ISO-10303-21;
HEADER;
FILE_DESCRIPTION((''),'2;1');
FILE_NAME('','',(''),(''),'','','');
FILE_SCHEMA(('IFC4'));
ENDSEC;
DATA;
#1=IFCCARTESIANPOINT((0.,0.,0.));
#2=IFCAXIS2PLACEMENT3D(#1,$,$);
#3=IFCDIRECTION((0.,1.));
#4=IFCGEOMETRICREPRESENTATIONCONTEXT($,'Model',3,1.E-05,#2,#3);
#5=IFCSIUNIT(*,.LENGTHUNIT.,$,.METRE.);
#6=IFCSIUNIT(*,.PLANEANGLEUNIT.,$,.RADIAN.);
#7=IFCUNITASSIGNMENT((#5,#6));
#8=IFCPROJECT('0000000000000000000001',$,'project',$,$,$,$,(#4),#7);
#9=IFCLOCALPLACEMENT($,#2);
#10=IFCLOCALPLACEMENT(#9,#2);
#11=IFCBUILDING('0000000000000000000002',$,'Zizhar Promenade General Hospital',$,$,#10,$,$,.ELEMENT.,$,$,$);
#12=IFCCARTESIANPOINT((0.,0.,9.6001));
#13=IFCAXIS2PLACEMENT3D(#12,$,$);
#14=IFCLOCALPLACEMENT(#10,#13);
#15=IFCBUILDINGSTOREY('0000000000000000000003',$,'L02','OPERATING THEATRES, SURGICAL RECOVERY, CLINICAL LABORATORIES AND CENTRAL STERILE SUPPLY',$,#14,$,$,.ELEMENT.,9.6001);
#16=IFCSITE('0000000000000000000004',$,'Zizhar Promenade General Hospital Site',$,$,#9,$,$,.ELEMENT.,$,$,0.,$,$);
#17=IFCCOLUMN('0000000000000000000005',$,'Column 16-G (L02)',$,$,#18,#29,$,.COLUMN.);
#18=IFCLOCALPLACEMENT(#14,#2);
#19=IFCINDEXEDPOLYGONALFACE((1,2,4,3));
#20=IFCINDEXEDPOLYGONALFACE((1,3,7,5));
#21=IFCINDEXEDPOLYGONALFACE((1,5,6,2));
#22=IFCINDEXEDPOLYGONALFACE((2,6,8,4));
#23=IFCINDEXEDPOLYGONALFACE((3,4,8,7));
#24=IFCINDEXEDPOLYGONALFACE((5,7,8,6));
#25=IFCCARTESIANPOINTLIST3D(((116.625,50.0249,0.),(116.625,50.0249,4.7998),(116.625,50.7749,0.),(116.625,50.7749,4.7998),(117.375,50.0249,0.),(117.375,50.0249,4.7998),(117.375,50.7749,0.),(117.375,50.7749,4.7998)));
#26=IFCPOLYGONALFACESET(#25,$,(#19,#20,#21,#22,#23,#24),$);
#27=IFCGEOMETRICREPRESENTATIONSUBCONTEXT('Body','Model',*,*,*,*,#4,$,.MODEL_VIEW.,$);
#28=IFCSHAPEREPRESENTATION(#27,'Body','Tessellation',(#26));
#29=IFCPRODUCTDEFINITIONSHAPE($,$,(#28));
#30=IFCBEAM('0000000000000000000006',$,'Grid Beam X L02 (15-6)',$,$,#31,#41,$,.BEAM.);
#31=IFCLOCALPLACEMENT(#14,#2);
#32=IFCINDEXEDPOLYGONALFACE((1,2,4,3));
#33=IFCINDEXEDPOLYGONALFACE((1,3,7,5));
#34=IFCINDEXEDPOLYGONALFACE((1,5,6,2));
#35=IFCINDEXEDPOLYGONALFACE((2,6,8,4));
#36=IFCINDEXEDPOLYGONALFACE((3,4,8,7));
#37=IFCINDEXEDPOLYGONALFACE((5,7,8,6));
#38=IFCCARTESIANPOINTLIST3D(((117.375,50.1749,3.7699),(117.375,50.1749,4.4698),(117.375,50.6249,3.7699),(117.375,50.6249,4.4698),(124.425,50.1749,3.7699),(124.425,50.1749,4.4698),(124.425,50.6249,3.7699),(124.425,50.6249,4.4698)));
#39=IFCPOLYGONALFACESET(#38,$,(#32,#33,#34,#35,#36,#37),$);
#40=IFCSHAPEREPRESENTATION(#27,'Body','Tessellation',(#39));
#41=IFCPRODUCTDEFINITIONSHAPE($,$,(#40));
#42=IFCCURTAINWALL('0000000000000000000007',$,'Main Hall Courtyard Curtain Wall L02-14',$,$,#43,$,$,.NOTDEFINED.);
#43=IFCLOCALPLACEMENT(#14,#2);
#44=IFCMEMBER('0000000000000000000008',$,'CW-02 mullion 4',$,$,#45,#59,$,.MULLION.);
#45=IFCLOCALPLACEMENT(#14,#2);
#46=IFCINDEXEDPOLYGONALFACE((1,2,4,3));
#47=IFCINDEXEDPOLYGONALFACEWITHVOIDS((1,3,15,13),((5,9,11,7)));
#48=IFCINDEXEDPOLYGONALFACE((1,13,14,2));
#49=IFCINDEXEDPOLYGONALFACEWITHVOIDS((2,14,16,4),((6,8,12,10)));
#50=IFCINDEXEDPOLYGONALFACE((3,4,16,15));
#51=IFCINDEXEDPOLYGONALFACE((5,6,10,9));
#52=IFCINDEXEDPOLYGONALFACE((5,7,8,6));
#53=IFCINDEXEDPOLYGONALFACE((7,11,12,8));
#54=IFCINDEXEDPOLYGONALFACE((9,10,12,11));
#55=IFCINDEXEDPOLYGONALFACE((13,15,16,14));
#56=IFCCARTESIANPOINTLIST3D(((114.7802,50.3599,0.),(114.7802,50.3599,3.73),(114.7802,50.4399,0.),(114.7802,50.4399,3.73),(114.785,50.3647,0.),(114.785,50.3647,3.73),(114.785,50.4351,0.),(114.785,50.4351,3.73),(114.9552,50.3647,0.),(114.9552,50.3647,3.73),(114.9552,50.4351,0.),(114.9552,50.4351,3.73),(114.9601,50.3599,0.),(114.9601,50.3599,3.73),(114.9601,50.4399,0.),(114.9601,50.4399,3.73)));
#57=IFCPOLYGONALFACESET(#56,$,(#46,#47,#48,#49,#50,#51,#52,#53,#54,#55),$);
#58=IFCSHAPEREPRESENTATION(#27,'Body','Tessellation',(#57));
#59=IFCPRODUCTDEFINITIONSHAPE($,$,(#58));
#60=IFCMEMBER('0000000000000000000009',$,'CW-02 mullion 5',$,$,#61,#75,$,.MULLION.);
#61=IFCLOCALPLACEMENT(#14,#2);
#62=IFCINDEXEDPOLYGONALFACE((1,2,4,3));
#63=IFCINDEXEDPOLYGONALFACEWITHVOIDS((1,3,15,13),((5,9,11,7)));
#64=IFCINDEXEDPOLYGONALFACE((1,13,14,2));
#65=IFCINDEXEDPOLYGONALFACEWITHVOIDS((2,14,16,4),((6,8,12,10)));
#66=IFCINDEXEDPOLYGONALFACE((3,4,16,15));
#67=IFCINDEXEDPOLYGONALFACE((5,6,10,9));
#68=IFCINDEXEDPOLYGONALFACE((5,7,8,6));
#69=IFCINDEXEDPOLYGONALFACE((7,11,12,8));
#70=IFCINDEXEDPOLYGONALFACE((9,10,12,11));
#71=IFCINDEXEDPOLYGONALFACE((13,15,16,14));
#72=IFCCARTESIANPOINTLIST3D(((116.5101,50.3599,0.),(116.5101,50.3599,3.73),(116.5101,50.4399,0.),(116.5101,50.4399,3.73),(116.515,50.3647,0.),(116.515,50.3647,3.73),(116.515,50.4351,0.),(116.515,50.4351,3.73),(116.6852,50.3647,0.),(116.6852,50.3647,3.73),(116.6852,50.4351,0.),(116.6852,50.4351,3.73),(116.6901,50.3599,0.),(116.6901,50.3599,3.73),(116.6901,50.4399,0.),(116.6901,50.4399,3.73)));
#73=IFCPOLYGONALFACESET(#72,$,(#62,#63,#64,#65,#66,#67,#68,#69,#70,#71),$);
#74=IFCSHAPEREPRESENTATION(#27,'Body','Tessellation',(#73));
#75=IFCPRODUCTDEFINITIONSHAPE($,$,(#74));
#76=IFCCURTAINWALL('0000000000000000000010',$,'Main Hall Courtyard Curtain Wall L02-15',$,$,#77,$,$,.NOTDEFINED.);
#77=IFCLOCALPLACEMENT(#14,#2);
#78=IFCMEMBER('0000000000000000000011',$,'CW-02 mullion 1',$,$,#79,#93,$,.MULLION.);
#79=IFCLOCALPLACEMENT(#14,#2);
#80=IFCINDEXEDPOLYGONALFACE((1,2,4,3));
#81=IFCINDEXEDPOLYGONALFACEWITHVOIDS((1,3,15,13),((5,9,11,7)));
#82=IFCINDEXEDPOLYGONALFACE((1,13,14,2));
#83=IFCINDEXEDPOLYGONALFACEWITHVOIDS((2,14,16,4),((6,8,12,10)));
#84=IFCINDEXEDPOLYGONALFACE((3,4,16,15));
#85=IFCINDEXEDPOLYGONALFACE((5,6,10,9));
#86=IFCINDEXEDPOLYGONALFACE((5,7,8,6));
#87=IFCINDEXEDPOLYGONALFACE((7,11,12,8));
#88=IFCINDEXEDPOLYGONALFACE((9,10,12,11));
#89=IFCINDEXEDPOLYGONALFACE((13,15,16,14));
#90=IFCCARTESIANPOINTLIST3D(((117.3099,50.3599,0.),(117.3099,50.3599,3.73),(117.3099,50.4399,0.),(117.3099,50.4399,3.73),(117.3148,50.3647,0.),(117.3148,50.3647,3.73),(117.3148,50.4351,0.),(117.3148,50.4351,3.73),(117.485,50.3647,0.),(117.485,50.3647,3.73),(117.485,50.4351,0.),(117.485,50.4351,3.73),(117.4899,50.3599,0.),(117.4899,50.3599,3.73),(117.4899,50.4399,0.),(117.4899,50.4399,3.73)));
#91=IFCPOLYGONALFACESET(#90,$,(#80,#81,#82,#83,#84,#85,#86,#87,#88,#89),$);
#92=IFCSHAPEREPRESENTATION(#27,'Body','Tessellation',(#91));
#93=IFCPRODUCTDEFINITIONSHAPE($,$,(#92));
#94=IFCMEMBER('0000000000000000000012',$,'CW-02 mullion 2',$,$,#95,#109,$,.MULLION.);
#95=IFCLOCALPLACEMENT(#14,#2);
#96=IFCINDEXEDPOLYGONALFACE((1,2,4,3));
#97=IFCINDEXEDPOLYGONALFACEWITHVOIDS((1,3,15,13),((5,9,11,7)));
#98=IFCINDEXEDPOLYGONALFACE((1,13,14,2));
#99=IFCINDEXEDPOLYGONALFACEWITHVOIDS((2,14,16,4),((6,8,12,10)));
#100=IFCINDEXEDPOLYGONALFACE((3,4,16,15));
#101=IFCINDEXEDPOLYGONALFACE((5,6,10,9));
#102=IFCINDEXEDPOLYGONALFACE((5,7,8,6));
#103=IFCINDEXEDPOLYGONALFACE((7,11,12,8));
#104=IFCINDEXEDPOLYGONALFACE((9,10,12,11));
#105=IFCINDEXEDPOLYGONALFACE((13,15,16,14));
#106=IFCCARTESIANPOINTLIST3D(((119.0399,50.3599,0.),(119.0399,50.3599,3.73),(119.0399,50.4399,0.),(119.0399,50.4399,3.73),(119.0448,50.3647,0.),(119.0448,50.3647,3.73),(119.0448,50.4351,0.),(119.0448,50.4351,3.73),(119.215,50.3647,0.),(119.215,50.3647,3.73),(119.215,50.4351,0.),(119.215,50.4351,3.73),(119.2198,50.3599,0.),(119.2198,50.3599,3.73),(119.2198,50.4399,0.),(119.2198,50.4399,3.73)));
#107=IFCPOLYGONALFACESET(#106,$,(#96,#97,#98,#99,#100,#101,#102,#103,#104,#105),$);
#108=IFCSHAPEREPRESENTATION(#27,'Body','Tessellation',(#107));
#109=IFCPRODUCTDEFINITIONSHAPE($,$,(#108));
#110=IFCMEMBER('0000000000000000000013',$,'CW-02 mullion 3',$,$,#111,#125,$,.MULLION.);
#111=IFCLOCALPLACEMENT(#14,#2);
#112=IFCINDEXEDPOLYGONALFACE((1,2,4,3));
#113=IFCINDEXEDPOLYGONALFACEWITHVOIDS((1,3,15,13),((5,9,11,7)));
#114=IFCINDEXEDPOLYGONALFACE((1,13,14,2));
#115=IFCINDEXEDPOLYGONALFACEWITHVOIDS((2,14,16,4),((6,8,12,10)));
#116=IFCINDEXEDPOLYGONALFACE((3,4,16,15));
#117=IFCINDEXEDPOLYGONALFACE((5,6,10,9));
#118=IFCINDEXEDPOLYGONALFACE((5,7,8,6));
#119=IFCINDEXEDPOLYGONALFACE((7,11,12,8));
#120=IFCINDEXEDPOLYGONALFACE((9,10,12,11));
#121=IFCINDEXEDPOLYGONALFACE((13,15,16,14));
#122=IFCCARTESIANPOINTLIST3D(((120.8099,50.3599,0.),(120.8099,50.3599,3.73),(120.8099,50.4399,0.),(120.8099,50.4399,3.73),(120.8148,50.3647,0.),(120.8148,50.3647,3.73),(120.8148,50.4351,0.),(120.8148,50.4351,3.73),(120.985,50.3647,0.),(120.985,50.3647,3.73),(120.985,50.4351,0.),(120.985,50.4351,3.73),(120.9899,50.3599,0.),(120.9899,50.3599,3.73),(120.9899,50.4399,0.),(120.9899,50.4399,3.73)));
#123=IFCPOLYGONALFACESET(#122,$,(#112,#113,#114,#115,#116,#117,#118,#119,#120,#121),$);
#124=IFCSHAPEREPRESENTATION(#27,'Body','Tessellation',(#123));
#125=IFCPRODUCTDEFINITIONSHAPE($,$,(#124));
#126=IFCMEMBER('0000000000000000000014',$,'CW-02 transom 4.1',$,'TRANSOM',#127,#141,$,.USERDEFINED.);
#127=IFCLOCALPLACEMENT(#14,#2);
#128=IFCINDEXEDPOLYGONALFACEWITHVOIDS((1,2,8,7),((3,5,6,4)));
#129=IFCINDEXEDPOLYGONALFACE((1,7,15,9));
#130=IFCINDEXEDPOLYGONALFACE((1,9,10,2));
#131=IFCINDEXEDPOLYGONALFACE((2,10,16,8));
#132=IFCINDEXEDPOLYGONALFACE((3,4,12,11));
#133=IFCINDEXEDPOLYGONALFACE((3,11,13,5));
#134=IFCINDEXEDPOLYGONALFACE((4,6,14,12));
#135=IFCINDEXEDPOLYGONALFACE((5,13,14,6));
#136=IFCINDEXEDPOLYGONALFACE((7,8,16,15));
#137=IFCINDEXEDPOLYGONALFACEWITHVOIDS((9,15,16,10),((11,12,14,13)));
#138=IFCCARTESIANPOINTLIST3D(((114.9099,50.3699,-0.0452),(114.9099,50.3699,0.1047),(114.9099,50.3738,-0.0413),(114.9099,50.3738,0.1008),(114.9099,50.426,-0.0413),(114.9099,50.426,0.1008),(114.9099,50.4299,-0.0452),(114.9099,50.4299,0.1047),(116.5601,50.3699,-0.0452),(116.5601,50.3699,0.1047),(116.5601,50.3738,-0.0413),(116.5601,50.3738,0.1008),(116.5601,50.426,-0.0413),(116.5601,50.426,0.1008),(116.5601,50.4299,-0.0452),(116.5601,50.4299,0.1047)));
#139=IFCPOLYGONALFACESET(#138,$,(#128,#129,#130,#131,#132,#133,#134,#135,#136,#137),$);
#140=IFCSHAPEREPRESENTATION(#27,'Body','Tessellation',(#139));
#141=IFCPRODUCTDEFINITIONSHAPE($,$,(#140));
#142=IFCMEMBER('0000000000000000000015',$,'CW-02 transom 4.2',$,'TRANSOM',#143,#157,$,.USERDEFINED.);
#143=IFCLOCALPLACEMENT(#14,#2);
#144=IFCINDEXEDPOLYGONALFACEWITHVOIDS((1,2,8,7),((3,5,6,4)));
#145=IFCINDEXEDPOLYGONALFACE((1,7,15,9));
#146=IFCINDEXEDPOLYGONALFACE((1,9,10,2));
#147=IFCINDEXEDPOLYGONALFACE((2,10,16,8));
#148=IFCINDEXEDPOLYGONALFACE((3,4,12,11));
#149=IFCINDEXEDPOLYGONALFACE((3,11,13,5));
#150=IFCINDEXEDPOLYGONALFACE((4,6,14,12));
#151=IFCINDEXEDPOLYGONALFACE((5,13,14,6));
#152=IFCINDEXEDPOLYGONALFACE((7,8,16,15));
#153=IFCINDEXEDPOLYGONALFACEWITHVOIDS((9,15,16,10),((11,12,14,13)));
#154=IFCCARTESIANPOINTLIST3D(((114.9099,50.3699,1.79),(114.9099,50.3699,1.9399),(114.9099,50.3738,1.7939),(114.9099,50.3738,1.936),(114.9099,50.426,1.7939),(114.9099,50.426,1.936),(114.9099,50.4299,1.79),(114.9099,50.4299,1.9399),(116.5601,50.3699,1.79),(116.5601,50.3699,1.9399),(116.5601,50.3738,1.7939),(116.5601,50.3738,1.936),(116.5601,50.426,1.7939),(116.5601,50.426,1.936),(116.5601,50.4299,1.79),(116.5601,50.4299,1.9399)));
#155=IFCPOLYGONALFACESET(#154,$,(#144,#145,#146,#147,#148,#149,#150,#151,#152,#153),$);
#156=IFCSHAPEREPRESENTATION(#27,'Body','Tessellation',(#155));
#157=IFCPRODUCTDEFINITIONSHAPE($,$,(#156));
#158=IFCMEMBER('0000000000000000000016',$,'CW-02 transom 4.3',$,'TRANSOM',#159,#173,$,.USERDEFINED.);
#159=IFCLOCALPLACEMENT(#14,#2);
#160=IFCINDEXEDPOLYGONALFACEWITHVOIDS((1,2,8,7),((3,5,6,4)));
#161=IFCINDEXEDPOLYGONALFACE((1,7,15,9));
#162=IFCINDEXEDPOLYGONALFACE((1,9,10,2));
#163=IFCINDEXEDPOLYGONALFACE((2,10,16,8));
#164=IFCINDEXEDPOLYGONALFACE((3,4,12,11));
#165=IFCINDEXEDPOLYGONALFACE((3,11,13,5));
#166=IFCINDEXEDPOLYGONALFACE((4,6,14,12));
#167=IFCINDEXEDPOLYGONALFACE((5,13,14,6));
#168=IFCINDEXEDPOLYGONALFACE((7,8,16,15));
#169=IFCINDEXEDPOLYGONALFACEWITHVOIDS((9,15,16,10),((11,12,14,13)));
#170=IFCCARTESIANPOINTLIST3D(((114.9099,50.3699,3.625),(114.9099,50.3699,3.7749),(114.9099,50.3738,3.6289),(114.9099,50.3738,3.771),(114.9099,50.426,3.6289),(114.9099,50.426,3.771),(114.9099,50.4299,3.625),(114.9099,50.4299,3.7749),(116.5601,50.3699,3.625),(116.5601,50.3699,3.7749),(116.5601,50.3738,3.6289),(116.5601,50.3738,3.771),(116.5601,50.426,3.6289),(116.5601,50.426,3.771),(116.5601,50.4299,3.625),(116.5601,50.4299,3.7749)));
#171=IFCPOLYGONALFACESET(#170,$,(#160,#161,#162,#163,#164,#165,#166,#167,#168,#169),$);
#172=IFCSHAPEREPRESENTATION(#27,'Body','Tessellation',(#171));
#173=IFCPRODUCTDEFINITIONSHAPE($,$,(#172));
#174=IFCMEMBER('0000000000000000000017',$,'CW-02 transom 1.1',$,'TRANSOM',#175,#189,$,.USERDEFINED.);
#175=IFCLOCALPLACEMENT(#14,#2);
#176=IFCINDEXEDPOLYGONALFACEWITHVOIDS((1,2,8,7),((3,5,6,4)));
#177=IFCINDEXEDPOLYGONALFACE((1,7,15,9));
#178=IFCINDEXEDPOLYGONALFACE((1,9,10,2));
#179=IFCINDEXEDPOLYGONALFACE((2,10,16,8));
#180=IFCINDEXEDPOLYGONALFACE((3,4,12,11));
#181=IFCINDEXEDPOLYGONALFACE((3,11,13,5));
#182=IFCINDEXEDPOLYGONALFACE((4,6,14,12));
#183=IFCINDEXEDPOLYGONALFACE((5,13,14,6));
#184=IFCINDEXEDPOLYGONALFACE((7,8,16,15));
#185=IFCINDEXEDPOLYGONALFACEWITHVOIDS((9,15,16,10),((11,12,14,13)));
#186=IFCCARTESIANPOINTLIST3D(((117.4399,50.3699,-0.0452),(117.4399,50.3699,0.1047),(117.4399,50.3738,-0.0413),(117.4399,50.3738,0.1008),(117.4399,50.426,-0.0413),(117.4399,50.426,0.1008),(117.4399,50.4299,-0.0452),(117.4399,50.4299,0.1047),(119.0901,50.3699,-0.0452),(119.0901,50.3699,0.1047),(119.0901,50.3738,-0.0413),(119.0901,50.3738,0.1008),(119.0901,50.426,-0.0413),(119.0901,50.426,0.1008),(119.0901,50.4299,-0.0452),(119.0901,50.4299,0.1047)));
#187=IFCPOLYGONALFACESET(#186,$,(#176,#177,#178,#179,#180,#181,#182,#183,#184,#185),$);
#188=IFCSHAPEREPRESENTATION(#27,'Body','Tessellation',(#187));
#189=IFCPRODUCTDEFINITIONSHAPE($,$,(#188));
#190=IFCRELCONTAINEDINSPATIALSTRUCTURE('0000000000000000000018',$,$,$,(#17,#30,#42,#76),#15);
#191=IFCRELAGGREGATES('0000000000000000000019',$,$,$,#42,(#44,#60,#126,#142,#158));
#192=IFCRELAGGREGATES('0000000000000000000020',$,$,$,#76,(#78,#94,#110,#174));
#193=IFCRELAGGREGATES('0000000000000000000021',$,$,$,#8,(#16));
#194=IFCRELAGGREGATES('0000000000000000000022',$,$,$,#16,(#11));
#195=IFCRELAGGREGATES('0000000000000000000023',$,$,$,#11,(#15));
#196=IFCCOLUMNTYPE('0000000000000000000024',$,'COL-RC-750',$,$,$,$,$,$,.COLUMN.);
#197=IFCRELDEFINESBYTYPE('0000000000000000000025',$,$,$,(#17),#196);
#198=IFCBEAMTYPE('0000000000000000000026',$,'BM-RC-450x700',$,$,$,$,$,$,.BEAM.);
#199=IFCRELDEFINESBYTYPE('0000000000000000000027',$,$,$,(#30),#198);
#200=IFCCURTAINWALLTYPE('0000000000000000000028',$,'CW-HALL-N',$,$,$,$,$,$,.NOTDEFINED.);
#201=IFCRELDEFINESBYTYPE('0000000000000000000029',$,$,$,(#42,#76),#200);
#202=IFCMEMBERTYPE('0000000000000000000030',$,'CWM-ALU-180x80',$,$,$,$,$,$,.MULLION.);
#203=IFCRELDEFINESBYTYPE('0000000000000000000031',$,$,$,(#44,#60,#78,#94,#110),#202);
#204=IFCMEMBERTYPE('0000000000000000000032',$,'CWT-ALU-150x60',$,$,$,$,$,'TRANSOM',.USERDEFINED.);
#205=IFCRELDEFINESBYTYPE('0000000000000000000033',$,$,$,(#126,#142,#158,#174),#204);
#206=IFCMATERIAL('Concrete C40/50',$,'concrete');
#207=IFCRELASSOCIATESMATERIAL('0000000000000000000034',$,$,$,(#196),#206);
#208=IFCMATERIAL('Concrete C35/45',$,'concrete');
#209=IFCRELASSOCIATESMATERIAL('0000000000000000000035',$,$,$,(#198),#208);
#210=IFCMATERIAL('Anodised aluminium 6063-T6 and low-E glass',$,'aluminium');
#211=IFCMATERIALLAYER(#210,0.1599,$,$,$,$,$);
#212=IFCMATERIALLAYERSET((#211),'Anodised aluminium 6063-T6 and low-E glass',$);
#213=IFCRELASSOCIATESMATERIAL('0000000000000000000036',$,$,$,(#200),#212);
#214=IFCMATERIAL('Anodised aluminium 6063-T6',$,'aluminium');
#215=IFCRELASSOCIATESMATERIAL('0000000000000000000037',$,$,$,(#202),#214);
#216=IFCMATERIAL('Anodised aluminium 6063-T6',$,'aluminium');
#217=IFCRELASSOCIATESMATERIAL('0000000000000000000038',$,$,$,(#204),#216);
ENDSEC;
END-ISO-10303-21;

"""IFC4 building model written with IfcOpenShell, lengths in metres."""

from ifc_helpers import new_model, si_unit, direction, frame, origin, origin_2d, place, context, subcontext, project, spatial, rectangle, hollow_rectangle, extrude, material, layer, layer_set, material_profile, profile_set, type_object, element, aggregate, save


model = new_model("IFC4")

# Units and contexts
model_context = context("Model", 3, precision=1e-05, world=origin(), true_north=direction((0.0, 1.0)))
body_context = subcontext(model_context, "Body", "Model", "MODEL_VIEW")
ifc_project = project(units=[si_unit("LENGTHUNIT", "METRE"), si_unit("PLANEANGLEUNIT", "RADIAN")], contexts=[model_context])

# Site, building, storey
site_placement = place(None, origin())
site = spatial("IfcSite", under=ifc_project, at=site_placement, Name="Zizhar Promenade General Hospital Site", CompositionType="ELEMENT", RefElevation=0.0)
building_placement = place(site_placement, origin())
building = spatial("IfcBuilding", under=site, at=building_placement, Name="Zizhar Promenade General Hospital", CompositionType="ELEMENT")
storey_placement = place(building_placement, frame((0.0, 0.0, 9.6001)))
storey = spatial("IfcBuildingStorey", under=building, at=storey_placement, Name="L02", Description="OPERATING THEATRES, SURGICAL RECOVERY, CLINICAL LABORATORIES AND CENTRAL STERILE SUPPLY", CompositionType="ELEMENT", Elevation=9.6001)

# Column
ifc_material_1 = material(Name="Concrete C40/50", Category="concrete")
ifc_material_profile_1 = material_profile(ifc_material_1, rectangle(XDim=0.75, YDim=0.75, at=origin_2d()))
ifc_profile_set_1 = profile_set([ifc_material_profile_1], Name="Concrete C40/50")
column_type = type_object("IfcColumnType", Name="COL-RC-750", PredefinedType="COLUMN", material=ifc_profile_set_1)
column_placement = place(storey_placement, frame((117.0, 50.3999, 0.0), z_axis=(0.0, 0.0, 1.0), x_axis=(1.0, 0.0, 0.0)))
element("IfcColumn", 1, at=column_placement, inside=storey, type_object=column_type, Name="Column 16-G (L02)", PredefinedType="COLUMN", context=body_context, shape_type="SweptSolid", body=[
    extrude(rectangle(XDim=0.75, YDim=0.75, at=origin_2d()), origin(), (0.0, 0.0, 1.0), 4.7998),
])

# Beam
ifc_material_2 = material(Name="Concrete C35/45", Category="concrete")
ifc_material_profile_2 = material_profile(ifc_material_2, rectangle(XDim=0.45, YDim=0.7, at=origin_2d()))
ifc_profile_set_2 = profile_set([ifc_material_profile_2], Name="Concrete C35/45")
beam_type = type_object("IfcBeamType", Name="BM-RC-450x700", PredefinedType="BEAM", material=ifc_profile_set_2)
beam_placement = place(storey_placement, frame((117.375, 50.3999, 4.1199), z_axis=(1.0, 0.0, 0.0), x_axis=(0.0, 1.0, 0.0)))
element("IfcBeam", 2, at=beam_placement, inside=storey, type_object=beam_type, Name="Grid Beam X L02 (15-6)", PredefinedType="BEAM", context=body_context, shape_type="SweptSolid", body=[
    extrude(rectangle(XDim=0.45, YDim=0.7, at=origin_2d()), origin(), (0.0, 0.0, 1.0), 7.05),
])

# Curtain walls, members
ifc_material_3 = material(Name="Anodised aluminium 6063-T6 and low-E glass", Category="aluminium")
ifc_layer_1 = layer(ifc_material_3, 0.1599)
ifc_layer_set_1 = layer_set([ifc_layer_1], Name="Anodised aluminium 6063-T6 and low-E glass")
curtain_wall_type = type_object("IfcCurtainWallType", Name="CW-HALL-N", PredefinedType="NOTDEFINED", material=ifc_layer_set_1)
curtain_wall_1_placement = place(storey_placement, origin())
curtain_wall_1 = element("IfcCurtainWall", 3, at=curtain_wall_1_placement, inside=storey, type_object=curtain_wall_type, Name="Main Hall Courtyard Curtain Wall L02-14", PredefinedType="NOTDEFINED")
ifc_material_4 = material(Name="Anodised aluminium 6063-T6", Category="aluminium")
ifc_material_profile_3 = material_profile(ifc_material_4, hollow_rectangle(XDim=0.0801, YDim=0.1799, WallThickness=0.0049, at=origin_2d()))
ifc_profile_set_3 = profile_set([ifc_material_profile_3], Name="Anodised aluminium 6063-T6")
member_type_1 = type_object("IfcMemberType", Name="CWM-ALU-180x80", PredefinedType="MULLION", material=ifc_profile_set_3)
member_1_placement = place(storey_placement, frame((114.8701, 50.3999, 0.0), z_axis=(0.0, 0.0, 1.0), x_axis=(0.0, 1.0, 0.0)))
member_1 = element("IfcMember", 4, at=member_1_placement, type_object=member_type_1, Name="CW-02 mullion 4", PredefinedType="MULLION", context=body_context, shape_type="SweptSolid", body=[
    extrude(hollow_rectangle(XDim=0.0801, YDim=0.1799, WallThickness=0.0049, at=origin_2d()), origin(), (0.0, 0.0, 1.0), 3.73),
])
member_2_placement = place(storey_placement, frame((116.6001, 50.3999, 0.0), z_axis=(0.0, 0.0, 1.0), x_axis=(0.0, 1.0, 0.0)))
member_2 = element("IfcMember", 5, at=member_2_placement, type_object=member_type_1, Name="CW-02 mullion 5", PredefinedType="MULLION", context=body_context, shape_type="SweptSolid", body=[
    extrude(hollow_rectangle(XDim=0.0801, YDim=0.1799, WallThickness=0.0049, at=origin_2d()), origin(), (0.0, 0.0, 1.0), 3.73),
])
curtain_wall_2_placement = place(storey_placement, origin())
curtain_wall_2 = element("IfcCurtainWall", 6, at=curtain_wall_2_placement, inside=storey, type_object=curtain_wall_type, Name="Main Hall Courtyard Curtain Wall L02-15", PredefinedType="NOTDEFINED")
member_3_placement = place(storey_placement, frame((117.3999, 50.3999, 0.0), z_axis=(0.0, 0.0, 1.0), x_axis=(0.0, 1.0, 0.0)))
member_3 = element("IfcMember", 7, at=member_3_placement, type_object=member_type_1, Name="CW-02 mullion 1", PredefinedType="MULLION", context=body_context, shape_type="SweptSolid", body=[
    extrude(hollow_rectangle(XDim=0.0801, YDim=0.1799, WallThickness=0.0049, at=origin_2d()), origin(), (0.0, 0.0, 1.0), 3.73),
])
member_4_placement = place(storey_placement, frame((119.1299, 50.3999, 0.0), z_axis=(0.0, 0.0, 1.0), x_axis=(0.0, 1.0, 0.0)))
member_4 = element("IfcMember", 8, at=member_4_placement, type_object=member_type_1, Name="CW-02 mullion 2", PredefinedType="MULLION", context=body_context, shape_type="SweptSolid", body=[
    extrude(hollow_rectangle(XDim=0.0801, YDim=0.1799, WallThickness=0.0049, at=origin_2d()), origin(), (0.0, 0.0, 1.0), 3.73),
])
member_5_placement = place(storey_placement, frame((120.8999, 50.3999, 0.0), z_axis=(0.0, 0.0, 1.0), x_axis=(0.0, 1.0, 0.0)))
member_5 = element("IfcMember", 9, at=member_5_placement, type_object=member_type_1, Name="CW-02 mullion 3", PredefinedType="MULLION", context=body_context, shape_type="SweptSolid", body=[
    extrude(hollow_rectangle(XDim=0.0801, YDim=0.1799, WallThickness=0.0049, at=origin_2d()), origin(), (0.0, 0.0, 1.0), 3.73),
])

# Members
ifc_material_5 = material(Name="Anodised aluminium 6063-T6", Category="aluminium")
ifc_material_profile_4 = material_profile(ifc_material_5, hollow_rectangle(XDim=0.0601, YDim=0.1499, WallThickness=0.0039, at=origin_2d()))
ifc_profile_set_4 = profile_set([ifc_material_profile_4], Name="Anodised aluminium 6063-T6")
member_type_2 = type_object("IfcMemberType", Name="CWT-ALU-150x60", ElementType="TRANSOM", PredefinedType="USERDEFINED", material=ifc_profile_set_4)
member_6_placement = place(storey_placement, frame((114.9099, 50.3999, 0.0298), z_axis=(1.0, 0.0, 0.0), x_axis=(0.0, 1.0, 0.0)))
member_6 = element("IfcMember", 10, at=member_6_placement, type_object=member_type_2, Name="CW-02 transom 4.1", ObjectType="TRANSOM", PredefinedType="USERDEFINED", context=body_context, shape_type="SweptSolid", body=[
    extrude(hollow_rectangle(XDim=0.0601, YDim=0.1499, WallThickness=0.0039, at=origin_2d()), origin(), (0.0, 0.0, 1.0), 1.6501),
])
member_7_placement = place(storey_placement, frame((114.9099, 50.3999, 1.865), z_axis=(1.0, 0.0, 0.0), x_axis=(0.0, 1.0, 0.0)))
member_7 = element("IfcMember", 11, at=member_7_placement, type_object=member_type_2, Name="CW-02 transom 4.2", ObjectType="TRANSOM", PredefinedType="USERDEFINED", context=body_context, shape_type="SweptSolid", body=[
    extrude(hollow_rectangle(XDim=0.0601, YDim=0.1499, WallThickness=0.0039, at=origin_2d()), origin(), (0.0, 0.0, 1.0), 1.6501),
])
member_8_placement = place(storey_placement, frame((114.9099, 50.3999, 3.7), z_axis=(1.0, 0.0, 0.0), x_axis=(0.0, 1.0, 0.0)))
member_8 = element("IfcMember", 12, at=member_8_placement, type_object=member_type_2, Name="CW-02 transom 4.3", ObjectType="TRANSOM", PredefinedType="USERDEFINED", context=body_context, shape_type="SweptSolid", body=[
    extrude(hollow_rectangle(XDim=0.0601, YDim=0.1499, WallThickness=0.0039, at=origin_2d()), origin(), (0.0, 0.0, 1.0), 1.6501),
])
member_9_placement = place(storey_placement, frame((117.4399, 50.3999, 0.0298), z_axis=(1.0, 0.0, 0.0), x_axis=(0.0, 1.0, 0.0)))
member_9 = element("IfcMember", 13, at=member_9_placement, type_object=member_type_2, Name="CW-02 transom 1.1", ObjectType="TRANSOM", PredefinedType="USERDEFINED", context=body_context, shape_type="SweptSolid", body=[
    extrude(hollow_rectangle(XDim=0.0601, YDim=0.1499, WallThickness=0.0039, at=origin_2d()), origin(), (0.0, 0.0, 1.0), 1.6501),
])

aggregate(curtain_wall_1, [member_1, member_2, member_6, member_7, member_8])
aggregate(curtain_wall_2, [member_3, member_4, member_5, member_9])

save(model, "model.ifc")
